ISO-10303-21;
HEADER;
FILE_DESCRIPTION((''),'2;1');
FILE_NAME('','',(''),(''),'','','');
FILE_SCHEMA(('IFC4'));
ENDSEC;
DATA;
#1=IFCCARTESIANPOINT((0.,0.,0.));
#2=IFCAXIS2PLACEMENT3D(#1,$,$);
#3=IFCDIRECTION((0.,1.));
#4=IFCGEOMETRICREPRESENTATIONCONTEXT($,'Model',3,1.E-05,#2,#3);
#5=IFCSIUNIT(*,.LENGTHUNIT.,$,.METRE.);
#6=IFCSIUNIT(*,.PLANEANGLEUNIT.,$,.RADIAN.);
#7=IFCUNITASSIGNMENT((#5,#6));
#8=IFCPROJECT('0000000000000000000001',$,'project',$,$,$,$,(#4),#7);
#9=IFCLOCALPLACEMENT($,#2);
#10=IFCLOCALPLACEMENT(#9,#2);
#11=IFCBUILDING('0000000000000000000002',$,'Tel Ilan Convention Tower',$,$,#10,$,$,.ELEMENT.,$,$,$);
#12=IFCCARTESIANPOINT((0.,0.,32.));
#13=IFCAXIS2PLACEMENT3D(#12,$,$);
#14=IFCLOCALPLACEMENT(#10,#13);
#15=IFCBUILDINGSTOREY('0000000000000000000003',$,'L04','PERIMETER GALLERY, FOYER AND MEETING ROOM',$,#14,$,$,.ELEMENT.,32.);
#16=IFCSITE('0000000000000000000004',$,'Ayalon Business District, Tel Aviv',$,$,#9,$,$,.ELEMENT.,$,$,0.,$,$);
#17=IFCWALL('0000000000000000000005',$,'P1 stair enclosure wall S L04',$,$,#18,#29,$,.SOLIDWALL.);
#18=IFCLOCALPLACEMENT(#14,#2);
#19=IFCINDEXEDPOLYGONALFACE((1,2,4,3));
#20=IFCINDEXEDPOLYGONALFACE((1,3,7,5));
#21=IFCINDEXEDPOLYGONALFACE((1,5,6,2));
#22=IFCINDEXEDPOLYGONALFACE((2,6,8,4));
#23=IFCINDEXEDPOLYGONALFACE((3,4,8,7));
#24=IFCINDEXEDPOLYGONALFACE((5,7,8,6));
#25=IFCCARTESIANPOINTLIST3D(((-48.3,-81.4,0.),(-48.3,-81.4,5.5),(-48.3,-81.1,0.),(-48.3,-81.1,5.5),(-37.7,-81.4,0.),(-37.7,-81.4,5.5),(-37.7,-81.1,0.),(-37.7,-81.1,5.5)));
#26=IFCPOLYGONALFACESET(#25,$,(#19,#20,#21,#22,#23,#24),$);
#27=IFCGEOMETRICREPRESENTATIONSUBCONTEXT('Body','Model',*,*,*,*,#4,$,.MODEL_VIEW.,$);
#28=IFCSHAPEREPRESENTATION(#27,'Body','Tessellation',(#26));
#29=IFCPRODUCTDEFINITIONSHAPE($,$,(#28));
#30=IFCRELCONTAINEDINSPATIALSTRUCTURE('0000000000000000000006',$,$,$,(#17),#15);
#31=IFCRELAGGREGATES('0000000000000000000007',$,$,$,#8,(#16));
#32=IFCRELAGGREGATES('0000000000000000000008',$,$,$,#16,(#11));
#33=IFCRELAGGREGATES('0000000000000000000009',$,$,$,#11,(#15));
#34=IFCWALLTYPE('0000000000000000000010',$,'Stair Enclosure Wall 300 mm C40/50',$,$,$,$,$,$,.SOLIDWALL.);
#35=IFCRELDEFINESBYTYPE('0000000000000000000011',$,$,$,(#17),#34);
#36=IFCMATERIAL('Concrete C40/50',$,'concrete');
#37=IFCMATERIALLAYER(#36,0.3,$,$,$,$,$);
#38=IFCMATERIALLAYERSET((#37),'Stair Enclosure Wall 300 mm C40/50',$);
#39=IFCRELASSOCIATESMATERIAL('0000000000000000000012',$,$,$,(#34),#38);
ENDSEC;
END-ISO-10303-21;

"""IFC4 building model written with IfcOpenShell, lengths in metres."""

from ifc_helpers import new_model, si_unit, direction, frame, frame_2d, origin, place, context, subcontext, project, spatial, rectangle, extrude, material, layer, layer_set, type_object, element, save


model = new_model("IFC4")

# Units and contexts
model_context = context("Model", 3, precision=1e-05, world=origin(), true_north=direction((0.0, 1.0)))
body_context = subcontext(model_context, "Body", "Model", "MODEL_VIEW")
ifc_project = project(units=[si_unit("LENGTHUNIT", "METRE"), si_unit("PLANEANGLEUNIT", "RADIAN")], contexts=[model_context])

# Site, building, storey
site_placement = place(None, origin())
site = spatial("IfcSite", under=ifc_project, at=site_placement, Name="Ayalon Business District, Tel Aviv", CompositionType="ELEMENT", RefElevation=0.0)
building_placement = place(site_placement, origin())
building = spatial("IfcBuilding", under=site, at=building_placement, Name="Tel Ilan Convention Tower", CompositionType="ELEMENT")
storey_placement = place(building_placement, frame((0.0, 0.0, 32.0)))
storey = spatial("IfcBuildingStorey", under=building, at=storey_placement, Name="L04", Description="PERIMETER GALLERY, FOYER AND MEETING ROOM", CompositionType="ELEMENT", Elevation=32.0)

# Wall
ifc_material_1 = material(Name="Concrete C40/50", Category="concrete")
ifc_layer_1 = layer(ifc_material_1, 0.3)
ifc_layer_set_1 = layer_set([ifc_layer_1], Name="Stair Enclosure Wall 300 mm C40/50")
wall_type_1 = type_object("IfcWallType", Name="Stair Enclosure Wall 300 mm C40/50", PredefinedType="SOLIDWALL", material=ifc_layer_set_1)
wall_1_placement = place(storey_placement, frame((-48.3, -81.25, 0.0), z_axis=(0.0, 0.0, 1.0), x_axis=(1.0, 0.0, 0.0)))
element("IfcWall", 1, at=wall_1_placement, inside=storey, type_object=wall_type_1, Name="P1 stair enclosure wall S L04", PredefinedType="SOLIDWALL", context=body_context, shape_type="SweptSolid", body=[
    extrude(rectangle(XDim=10.6001, YDim=0.3, at=frame_2d((5.3, 0.0))), origin(), (0.0, 0.0, 1.0), 5.5),
])

save(model, "model.ifc")
